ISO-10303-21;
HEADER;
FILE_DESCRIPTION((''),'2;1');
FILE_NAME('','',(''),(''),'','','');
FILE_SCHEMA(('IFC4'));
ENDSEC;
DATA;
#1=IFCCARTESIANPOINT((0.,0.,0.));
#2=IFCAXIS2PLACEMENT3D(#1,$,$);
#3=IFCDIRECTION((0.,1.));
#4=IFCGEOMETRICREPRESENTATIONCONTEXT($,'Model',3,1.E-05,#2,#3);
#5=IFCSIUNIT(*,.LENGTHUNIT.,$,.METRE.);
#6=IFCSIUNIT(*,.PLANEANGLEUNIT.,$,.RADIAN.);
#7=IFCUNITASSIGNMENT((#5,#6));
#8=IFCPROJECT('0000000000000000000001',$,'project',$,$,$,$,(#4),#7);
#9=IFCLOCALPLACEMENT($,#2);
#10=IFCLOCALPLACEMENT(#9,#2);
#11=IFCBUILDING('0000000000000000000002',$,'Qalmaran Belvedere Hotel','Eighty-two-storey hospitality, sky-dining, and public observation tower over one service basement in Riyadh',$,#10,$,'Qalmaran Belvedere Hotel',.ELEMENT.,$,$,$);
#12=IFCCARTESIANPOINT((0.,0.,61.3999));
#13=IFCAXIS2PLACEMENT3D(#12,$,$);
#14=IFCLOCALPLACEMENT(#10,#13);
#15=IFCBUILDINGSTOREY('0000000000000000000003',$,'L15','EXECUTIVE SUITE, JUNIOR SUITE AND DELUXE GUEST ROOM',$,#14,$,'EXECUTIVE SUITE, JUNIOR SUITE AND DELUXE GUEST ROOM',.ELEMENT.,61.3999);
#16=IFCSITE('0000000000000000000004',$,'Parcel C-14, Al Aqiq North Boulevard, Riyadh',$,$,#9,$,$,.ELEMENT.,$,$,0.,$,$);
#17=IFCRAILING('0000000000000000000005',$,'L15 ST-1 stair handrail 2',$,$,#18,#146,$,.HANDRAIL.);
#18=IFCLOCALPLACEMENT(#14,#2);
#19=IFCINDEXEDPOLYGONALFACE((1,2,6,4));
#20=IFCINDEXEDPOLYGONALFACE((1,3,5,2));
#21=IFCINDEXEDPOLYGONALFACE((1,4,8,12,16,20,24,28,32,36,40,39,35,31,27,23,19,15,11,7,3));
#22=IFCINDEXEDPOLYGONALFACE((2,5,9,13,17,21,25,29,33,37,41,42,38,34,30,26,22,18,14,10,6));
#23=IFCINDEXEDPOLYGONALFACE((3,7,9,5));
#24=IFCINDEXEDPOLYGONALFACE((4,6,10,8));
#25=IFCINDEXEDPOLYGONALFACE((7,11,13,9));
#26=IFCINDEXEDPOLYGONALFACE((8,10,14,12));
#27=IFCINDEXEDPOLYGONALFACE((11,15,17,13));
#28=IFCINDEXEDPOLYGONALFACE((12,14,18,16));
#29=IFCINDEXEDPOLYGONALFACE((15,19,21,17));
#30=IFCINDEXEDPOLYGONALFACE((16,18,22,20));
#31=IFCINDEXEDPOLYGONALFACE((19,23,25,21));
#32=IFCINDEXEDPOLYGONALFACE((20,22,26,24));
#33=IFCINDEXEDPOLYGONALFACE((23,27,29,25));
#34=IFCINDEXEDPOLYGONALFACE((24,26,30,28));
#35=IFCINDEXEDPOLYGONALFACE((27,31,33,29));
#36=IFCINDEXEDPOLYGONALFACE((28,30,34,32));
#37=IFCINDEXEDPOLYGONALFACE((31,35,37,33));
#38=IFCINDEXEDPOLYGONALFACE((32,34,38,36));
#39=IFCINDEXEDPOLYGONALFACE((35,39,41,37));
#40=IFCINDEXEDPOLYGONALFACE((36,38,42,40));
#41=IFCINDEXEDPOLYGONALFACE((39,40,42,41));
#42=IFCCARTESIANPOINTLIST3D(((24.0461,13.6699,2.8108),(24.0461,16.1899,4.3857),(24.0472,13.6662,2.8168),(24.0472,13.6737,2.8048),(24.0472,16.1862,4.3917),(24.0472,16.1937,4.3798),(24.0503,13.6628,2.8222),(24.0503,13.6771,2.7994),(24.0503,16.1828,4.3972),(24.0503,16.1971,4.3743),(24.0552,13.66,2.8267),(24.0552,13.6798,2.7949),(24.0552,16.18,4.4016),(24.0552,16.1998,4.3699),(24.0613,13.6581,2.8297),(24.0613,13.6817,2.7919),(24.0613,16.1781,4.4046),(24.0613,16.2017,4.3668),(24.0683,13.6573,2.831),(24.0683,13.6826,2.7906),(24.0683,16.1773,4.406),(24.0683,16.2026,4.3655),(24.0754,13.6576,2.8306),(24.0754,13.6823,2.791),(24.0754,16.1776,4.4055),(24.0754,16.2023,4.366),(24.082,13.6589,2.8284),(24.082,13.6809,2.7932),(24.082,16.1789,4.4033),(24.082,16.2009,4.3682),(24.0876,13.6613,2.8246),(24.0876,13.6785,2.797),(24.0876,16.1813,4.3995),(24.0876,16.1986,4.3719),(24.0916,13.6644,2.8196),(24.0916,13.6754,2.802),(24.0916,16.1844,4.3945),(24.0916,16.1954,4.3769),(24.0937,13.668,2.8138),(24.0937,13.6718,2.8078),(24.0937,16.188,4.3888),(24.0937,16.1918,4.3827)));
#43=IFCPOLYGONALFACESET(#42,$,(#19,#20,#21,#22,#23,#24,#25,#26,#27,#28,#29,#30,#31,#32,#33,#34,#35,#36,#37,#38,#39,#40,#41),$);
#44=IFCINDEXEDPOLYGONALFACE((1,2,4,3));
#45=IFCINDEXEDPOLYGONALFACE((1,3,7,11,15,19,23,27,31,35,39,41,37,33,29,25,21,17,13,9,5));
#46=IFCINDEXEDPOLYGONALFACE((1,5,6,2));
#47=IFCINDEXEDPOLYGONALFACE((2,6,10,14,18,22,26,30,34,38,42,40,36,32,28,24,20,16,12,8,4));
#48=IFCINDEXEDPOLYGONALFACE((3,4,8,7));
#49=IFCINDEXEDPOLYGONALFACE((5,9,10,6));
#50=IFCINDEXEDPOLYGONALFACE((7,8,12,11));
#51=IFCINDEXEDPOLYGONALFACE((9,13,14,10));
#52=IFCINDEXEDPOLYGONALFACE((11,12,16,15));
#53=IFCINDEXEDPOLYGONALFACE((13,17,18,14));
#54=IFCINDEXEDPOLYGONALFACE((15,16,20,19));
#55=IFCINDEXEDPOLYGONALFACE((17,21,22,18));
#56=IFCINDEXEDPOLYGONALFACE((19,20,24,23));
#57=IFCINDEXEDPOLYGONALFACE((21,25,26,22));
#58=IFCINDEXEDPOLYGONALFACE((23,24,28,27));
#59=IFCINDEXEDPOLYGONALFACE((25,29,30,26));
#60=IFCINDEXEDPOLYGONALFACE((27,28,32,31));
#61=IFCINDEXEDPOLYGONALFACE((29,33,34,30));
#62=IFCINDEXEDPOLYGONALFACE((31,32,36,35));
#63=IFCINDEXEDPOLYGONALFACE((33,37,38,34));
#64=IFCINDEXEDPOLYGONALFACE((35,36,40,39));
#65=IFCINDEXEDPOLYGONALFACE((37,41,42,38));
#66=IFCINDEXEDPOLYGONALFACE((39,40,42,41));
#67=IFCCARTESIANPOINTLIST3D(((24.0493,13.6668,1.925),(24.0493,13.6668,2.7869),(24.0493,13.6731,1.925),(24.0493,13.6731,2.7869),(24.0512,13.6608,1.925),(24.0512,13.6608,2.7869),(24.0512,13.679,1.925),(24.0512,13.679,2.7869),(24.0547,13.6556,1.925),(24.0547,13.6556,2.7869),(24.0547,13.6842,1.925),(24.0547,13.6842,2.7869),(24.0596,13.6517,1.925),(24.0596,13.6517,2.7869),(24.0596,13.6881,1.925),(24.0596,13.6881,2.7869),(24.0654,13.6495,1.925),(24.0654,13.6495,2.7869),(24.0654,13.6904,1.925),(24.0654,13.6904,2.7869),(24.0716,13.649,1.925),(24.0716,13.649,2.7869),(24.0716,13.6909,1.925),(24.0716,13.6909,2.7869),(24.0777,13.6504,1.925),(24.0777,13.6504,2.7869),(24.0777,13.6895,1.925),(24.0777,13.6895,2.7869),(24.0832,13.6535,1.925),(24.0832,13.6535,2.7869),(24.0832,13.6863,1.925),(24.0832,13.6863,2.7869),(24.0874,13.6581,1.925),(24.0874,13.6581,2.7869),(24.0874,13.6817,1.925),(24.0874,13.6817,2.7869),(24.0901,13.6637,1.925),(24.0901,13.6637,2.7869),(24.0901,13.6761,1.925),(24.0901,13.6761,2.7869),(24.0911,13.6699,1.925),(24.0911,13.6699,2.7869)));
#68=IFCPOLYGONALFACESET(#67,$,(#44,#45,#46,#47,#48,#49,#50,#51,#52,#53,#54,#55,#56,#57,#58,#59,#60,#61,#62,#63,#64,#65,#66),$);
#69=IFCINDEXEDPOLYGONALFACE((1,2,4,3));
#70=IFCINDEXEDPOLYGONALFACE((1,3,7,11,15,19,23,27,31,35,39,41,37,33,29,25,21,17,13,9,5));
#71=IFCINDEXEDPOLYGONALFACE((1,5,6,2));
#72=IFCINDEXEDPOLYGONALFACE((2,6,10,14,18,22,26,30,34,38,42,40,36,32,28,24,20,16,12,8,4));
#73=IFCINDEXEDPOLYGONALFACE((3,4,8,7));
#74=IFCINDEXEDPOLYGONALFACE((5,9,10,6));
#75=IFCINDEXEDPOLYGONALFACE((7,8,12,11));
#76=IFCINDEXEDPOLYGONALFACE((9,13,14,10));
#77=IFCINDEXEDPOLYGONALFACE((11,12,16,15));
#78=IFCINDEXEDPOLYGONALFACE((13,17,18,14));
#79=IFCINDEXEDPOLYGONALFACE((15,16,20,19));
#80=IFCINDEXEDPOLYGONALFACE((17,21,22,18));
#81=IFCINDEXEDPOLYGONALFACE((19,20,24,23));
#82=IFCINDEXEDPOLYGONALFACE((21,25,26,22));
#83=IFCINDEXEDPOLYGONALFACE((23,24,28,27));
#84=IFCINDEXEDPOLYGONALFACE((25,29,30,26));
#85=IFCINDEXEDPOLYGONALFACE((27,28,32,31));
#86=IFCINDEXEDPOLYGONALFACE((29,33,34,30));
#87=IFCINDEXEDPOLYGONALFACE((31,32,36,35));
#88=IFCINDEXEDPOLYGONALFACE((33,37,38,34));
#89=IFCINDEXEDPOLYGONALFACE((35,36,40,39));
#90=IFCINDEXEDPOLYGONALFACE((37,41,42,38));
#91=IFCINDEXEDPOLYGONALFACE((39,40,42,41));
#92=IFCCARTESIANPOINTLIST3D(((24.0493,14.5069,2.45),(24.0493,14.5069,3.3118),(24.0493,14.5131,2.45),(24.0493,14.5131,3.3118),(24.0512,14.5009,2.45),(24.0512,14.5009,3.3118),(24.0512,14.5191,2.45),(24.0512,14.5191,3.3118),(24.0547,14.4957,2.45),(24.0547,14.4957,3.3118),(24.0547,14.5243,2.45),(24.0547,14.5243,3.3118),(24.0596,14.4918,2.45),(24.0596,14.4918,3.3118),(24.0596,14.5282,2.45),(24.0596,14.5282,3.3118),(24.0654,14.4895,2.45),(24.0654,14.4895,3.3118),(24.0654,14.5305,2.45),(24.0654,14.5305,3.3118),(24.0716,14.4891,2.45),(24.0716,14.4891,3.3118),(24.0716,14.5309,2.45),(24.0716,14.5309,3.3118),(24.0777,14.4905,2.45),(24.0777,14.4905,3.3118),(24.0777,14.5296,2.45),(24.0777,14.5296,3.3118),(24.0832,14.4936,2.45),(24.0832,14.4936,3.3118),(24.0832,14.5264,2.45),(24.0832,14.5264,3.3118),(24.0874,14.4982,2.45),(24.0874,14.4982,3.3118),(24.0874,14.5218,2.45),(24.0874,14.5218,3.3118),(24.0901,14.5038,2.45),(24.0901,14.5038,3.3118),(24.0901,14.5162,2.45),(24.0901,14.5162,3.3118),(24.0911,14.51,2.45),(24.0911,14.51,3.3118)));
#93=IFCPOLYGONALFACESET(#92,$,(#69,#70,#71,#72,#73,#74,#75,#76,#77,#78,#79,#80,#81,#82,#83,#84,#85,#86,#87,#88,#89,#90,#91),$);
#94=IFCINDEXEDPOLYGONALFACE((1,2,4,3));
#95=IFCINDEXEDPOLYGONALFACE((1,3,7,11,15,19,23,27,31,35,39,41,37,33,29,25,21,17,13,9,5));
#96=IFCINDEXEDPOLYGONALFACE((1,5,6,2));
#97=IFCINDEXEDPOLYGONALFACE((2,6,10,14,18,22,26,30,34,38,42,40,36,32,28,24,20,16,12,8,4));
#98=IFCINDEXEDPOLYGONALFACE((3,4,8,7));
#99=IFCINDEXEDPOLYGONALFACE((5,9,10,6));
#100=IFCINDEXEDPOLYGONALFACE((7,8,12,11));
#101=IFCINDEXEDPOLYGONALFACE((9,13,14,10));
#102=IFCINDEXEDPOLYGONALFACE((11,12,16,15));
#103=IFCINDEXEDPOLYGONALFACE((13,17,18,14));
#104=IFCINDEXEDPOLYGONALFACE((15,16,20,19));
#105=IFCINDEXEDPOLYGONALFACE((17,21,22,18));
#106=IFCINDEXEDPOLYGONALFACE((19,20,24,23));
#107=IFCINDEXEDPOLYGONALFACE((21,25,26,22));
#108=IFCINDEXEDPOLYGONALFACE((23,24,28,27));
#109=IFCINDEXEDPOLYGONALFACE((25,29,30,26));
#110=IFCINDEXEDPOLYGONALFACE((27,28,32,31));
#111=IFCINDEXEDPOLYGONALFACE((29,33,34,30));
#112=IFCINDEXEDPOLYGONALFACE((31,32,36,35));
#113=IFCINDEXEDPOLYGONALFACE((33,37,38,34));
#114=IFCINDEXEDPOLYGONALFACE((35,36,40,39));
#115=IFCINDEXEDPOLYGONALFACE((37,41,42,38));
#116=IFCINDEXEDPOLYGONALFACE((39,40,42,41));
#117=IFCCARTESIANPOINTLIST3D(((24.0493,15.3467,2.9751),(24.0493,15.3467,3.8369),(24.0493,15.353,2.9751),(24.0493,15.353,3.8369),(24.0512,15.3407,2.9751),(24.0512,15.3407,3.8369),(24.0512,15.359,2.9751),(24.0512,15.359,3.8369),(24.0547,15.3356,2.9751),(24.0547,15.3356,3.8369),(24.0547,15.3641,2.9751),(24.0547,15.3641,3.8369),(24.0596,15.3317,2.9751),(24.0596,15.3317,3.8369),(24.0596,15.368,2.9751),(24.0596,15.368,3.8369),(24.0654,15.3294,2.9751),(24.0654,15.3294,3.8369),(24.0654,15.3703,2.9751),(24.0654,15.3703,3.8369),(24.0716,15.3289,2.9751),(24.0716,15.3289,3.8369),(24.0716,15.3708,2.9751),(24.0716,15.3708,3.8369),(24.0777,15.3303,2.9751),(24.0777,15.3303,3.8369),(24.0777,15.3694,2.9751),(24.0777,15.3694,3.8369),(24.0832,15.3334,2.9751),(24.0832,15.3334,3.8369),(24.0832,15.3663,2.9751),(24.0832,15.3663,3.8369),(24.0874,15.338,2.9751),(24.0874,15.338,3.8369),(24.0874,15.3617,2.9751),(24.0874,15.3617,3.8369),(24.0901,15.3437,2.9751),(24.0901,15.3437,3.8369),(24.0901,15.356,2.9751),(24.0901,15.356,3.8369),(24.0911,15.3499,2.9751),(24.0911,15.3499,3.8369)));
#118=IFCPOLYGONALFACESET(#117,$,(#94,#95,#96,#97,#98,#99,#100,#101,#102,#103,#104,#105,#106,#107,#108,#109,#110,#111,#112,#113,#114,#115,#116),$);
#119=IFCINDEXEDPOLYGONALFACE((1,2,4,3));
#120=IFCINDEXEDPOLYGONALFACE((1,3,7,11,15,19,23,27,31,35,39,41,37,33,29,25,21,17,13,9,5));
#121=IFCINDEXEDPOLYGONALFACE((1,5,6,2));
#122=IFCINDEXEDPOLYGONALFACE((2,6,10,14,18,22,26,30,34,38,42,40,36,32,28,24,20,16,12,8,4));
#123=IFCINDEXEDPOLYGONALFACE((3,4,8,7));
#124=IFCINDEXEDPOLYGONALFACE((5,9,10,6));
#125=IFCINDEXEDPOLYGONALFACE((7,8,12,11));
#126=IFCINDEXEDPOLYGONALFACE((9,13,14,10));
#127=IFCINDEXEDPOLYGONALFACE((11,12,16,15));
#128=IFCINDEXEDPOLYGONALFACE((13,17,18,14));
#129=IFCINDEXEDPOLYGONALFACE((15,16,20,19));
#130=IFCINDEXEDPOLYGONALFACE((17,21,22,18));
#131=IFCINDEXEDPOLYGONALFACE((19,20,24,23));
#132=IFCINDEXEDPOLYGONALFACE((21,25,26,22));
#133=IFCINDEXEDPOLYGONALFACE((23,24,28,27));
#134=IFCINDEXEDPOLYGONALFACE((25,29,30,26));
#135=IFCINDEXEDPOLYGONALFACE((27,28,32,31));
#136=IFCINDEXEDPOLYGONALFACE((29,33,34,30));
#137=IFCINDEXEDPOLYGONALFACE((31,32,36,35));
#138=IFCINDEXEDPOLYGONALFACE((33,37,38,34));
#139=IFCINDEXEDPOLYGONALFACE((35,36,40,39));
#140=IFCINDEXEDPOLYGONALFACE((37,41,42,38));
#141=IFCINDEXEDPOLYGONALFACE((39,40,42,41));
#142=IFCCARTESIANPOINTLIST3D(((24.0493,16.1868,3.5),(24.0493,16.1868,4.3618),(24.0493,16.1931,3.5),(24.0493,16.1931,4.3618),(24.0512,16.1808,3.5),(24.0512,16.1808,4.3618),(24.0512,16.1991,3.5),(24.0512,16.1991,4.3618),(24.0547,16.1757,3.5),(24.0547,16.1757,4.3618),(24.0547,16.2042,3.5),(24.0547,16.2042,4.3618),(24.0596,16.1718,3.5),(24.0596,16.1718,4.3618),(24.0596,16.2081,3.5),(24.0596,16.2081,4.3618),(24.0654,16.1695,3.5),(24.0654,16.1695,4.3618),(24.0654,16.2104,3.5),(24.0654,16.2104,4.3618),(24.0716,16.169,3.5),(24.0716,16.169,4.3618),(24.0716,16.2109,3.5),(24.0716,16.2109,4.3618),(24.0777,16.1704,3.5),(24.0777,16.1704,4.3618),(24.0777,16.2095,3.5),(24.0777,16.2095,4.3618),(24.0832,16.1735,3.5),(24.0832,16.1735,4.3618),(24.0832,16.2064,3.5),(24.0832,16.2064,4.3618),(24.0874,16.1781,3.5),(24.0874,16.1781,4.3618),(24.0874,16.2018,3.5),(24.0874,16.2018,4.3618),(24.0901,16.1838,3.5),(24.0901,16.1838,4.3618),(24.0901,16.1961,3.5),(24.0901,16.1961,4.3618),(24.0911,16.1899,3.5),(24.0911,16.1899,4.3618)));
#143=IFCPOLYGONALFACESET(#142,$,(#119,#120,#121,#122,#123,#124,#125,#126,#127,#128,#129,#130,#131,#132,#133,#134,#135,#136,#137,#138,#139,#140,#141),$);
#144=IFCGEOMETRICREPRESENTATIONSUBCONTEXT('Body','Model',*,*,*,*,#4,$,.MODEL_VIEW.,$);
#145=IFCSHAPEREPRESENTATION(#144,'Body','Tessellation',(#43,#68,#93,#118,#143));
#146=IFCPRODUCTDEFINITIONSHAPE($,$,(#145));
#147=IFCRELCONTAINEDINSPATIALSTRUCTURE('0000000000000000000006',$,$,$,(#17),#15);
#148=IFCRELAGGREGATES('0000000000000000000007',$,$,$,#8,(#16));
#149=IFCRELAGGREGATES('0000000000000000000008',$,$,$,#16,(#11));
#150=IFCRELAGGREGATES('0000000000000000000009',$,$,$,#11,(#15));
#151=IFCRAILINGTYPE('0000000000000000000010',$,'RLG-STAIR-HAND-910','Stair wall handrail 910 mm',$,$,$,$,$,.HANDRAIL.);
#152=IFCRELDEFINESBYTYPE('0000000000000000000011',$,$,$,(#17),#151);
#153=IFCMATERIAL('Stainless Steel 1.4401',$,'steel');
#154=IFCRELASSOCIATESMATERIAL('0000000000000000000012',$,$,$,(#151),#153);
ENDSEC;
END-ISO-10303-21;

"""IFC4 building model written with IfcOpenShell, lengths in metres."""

from ifc_helpers import new_model, si_unit, direction, frame, origin, origin_2d, place, context, subcontext, project, spatial, circle, extrude, material, type_object, element, save


model = new_model("IFC4")

# Units and contexts
model_context = context("Model", 3, precision=1e-05, world=origin(), true_north=direction((0.0, 1.0)))
body_context = subcontext(model_context, "Body", "Model", "MODEL_VIEW")
ifc_project = project(units=[si_unit("LENGTHUNIT", "METRE"), si_unit("PLANEANGLEUNIT", "RADIAN")], contexts=[model_context])

# Site, building, storey
site_placement = place(None, origin())
site = spatial("IfcSite", under=ifc_project, at=site_placement, Name="Parcel C-14, Al Aqiq North Boulevard, Riyadh", CompositionType="ELEMENT", RefElevation=0.0)
building_placement = place(site_placement, origin())
building = spatial("IfcBuilding", under=site, at=building_placement, Name="Qalmaran Belvedere Hotel", Description="Eighty-two-storey hospitality, sky-dining, and public observation tower over one service basement in Riyadh", LongName="Qalmaran Belvedere Hotel", CompositionType="ELEMENT")
storey_placement = place(building_placement, frame((0.0, 0.0, 61.3999)))
storey = spatial("IfcBuildingStorey", under=building, at=storey_placement, Name="L15", Description="EXECUTIVE SUITE, JUNIOR SUITE AND DELUXE GUEST ROOM", LongName="EXECUTIVE SUITE, JUNIOR SUITE AND DELUXE GUEST ROOM", CompositionType="ELEMENT", Elevation=61.3999)

# Railing
ifc_material_1 = material(Name="Stainless Steel 1.4401", Category="steel")
railing_type_1 = type_object("IfcRailingType", Name="RLG-STAIR-HAND-910", Description="Stair wall handrail 910 mm", PredefinedType="HANDRAIL", material=ifc_material_1)
railing_1_placement = place(storey_placement, frame((24.0701, 13.6699, 1.925)))
element("IfcRailing", 1, at=railing_1_placement, inside=storey, type_object=railing_type_1, Name="L15 ST-1 stair handrail 2", PredefinedType="HANDRAIL", context=body_context, shape_type="SweptSolid", body=[
    extrude(circle(Radius=0.0239, at=origin_2d()), frame((0.0, 0.0, 0.8857), z_axis=(0.0, 0.848008, 0.529984), x_axis=(-1.0, 0.0, 0.0)), (0.0, 0.0, 1.0), 2.9717),
    extrude(circle(Radius=0.021, at=origin_2d()), origin(), (0.0, 0.0, 1.0), 0.8618),
    extrude(circle(Radius=0.021, at=origin_2d()), frame((0.0, 0.8401, 0.5249)), (0.0, 0.0, 1.0), 0.8618),
    extrude(circle(Radius=0.021, at=origin_2d()), frame((0.0, 1.6799, 1.05)), (0.0, 0.0, 1.0), 0.8618),
    extrude(circle(Radius=0.021, at=origin_2d()), frame((0.0, 2.52, 1.575)), (0.0, 0.0, 1.0), 0.8618),
])

save(model, "model.ifc")
